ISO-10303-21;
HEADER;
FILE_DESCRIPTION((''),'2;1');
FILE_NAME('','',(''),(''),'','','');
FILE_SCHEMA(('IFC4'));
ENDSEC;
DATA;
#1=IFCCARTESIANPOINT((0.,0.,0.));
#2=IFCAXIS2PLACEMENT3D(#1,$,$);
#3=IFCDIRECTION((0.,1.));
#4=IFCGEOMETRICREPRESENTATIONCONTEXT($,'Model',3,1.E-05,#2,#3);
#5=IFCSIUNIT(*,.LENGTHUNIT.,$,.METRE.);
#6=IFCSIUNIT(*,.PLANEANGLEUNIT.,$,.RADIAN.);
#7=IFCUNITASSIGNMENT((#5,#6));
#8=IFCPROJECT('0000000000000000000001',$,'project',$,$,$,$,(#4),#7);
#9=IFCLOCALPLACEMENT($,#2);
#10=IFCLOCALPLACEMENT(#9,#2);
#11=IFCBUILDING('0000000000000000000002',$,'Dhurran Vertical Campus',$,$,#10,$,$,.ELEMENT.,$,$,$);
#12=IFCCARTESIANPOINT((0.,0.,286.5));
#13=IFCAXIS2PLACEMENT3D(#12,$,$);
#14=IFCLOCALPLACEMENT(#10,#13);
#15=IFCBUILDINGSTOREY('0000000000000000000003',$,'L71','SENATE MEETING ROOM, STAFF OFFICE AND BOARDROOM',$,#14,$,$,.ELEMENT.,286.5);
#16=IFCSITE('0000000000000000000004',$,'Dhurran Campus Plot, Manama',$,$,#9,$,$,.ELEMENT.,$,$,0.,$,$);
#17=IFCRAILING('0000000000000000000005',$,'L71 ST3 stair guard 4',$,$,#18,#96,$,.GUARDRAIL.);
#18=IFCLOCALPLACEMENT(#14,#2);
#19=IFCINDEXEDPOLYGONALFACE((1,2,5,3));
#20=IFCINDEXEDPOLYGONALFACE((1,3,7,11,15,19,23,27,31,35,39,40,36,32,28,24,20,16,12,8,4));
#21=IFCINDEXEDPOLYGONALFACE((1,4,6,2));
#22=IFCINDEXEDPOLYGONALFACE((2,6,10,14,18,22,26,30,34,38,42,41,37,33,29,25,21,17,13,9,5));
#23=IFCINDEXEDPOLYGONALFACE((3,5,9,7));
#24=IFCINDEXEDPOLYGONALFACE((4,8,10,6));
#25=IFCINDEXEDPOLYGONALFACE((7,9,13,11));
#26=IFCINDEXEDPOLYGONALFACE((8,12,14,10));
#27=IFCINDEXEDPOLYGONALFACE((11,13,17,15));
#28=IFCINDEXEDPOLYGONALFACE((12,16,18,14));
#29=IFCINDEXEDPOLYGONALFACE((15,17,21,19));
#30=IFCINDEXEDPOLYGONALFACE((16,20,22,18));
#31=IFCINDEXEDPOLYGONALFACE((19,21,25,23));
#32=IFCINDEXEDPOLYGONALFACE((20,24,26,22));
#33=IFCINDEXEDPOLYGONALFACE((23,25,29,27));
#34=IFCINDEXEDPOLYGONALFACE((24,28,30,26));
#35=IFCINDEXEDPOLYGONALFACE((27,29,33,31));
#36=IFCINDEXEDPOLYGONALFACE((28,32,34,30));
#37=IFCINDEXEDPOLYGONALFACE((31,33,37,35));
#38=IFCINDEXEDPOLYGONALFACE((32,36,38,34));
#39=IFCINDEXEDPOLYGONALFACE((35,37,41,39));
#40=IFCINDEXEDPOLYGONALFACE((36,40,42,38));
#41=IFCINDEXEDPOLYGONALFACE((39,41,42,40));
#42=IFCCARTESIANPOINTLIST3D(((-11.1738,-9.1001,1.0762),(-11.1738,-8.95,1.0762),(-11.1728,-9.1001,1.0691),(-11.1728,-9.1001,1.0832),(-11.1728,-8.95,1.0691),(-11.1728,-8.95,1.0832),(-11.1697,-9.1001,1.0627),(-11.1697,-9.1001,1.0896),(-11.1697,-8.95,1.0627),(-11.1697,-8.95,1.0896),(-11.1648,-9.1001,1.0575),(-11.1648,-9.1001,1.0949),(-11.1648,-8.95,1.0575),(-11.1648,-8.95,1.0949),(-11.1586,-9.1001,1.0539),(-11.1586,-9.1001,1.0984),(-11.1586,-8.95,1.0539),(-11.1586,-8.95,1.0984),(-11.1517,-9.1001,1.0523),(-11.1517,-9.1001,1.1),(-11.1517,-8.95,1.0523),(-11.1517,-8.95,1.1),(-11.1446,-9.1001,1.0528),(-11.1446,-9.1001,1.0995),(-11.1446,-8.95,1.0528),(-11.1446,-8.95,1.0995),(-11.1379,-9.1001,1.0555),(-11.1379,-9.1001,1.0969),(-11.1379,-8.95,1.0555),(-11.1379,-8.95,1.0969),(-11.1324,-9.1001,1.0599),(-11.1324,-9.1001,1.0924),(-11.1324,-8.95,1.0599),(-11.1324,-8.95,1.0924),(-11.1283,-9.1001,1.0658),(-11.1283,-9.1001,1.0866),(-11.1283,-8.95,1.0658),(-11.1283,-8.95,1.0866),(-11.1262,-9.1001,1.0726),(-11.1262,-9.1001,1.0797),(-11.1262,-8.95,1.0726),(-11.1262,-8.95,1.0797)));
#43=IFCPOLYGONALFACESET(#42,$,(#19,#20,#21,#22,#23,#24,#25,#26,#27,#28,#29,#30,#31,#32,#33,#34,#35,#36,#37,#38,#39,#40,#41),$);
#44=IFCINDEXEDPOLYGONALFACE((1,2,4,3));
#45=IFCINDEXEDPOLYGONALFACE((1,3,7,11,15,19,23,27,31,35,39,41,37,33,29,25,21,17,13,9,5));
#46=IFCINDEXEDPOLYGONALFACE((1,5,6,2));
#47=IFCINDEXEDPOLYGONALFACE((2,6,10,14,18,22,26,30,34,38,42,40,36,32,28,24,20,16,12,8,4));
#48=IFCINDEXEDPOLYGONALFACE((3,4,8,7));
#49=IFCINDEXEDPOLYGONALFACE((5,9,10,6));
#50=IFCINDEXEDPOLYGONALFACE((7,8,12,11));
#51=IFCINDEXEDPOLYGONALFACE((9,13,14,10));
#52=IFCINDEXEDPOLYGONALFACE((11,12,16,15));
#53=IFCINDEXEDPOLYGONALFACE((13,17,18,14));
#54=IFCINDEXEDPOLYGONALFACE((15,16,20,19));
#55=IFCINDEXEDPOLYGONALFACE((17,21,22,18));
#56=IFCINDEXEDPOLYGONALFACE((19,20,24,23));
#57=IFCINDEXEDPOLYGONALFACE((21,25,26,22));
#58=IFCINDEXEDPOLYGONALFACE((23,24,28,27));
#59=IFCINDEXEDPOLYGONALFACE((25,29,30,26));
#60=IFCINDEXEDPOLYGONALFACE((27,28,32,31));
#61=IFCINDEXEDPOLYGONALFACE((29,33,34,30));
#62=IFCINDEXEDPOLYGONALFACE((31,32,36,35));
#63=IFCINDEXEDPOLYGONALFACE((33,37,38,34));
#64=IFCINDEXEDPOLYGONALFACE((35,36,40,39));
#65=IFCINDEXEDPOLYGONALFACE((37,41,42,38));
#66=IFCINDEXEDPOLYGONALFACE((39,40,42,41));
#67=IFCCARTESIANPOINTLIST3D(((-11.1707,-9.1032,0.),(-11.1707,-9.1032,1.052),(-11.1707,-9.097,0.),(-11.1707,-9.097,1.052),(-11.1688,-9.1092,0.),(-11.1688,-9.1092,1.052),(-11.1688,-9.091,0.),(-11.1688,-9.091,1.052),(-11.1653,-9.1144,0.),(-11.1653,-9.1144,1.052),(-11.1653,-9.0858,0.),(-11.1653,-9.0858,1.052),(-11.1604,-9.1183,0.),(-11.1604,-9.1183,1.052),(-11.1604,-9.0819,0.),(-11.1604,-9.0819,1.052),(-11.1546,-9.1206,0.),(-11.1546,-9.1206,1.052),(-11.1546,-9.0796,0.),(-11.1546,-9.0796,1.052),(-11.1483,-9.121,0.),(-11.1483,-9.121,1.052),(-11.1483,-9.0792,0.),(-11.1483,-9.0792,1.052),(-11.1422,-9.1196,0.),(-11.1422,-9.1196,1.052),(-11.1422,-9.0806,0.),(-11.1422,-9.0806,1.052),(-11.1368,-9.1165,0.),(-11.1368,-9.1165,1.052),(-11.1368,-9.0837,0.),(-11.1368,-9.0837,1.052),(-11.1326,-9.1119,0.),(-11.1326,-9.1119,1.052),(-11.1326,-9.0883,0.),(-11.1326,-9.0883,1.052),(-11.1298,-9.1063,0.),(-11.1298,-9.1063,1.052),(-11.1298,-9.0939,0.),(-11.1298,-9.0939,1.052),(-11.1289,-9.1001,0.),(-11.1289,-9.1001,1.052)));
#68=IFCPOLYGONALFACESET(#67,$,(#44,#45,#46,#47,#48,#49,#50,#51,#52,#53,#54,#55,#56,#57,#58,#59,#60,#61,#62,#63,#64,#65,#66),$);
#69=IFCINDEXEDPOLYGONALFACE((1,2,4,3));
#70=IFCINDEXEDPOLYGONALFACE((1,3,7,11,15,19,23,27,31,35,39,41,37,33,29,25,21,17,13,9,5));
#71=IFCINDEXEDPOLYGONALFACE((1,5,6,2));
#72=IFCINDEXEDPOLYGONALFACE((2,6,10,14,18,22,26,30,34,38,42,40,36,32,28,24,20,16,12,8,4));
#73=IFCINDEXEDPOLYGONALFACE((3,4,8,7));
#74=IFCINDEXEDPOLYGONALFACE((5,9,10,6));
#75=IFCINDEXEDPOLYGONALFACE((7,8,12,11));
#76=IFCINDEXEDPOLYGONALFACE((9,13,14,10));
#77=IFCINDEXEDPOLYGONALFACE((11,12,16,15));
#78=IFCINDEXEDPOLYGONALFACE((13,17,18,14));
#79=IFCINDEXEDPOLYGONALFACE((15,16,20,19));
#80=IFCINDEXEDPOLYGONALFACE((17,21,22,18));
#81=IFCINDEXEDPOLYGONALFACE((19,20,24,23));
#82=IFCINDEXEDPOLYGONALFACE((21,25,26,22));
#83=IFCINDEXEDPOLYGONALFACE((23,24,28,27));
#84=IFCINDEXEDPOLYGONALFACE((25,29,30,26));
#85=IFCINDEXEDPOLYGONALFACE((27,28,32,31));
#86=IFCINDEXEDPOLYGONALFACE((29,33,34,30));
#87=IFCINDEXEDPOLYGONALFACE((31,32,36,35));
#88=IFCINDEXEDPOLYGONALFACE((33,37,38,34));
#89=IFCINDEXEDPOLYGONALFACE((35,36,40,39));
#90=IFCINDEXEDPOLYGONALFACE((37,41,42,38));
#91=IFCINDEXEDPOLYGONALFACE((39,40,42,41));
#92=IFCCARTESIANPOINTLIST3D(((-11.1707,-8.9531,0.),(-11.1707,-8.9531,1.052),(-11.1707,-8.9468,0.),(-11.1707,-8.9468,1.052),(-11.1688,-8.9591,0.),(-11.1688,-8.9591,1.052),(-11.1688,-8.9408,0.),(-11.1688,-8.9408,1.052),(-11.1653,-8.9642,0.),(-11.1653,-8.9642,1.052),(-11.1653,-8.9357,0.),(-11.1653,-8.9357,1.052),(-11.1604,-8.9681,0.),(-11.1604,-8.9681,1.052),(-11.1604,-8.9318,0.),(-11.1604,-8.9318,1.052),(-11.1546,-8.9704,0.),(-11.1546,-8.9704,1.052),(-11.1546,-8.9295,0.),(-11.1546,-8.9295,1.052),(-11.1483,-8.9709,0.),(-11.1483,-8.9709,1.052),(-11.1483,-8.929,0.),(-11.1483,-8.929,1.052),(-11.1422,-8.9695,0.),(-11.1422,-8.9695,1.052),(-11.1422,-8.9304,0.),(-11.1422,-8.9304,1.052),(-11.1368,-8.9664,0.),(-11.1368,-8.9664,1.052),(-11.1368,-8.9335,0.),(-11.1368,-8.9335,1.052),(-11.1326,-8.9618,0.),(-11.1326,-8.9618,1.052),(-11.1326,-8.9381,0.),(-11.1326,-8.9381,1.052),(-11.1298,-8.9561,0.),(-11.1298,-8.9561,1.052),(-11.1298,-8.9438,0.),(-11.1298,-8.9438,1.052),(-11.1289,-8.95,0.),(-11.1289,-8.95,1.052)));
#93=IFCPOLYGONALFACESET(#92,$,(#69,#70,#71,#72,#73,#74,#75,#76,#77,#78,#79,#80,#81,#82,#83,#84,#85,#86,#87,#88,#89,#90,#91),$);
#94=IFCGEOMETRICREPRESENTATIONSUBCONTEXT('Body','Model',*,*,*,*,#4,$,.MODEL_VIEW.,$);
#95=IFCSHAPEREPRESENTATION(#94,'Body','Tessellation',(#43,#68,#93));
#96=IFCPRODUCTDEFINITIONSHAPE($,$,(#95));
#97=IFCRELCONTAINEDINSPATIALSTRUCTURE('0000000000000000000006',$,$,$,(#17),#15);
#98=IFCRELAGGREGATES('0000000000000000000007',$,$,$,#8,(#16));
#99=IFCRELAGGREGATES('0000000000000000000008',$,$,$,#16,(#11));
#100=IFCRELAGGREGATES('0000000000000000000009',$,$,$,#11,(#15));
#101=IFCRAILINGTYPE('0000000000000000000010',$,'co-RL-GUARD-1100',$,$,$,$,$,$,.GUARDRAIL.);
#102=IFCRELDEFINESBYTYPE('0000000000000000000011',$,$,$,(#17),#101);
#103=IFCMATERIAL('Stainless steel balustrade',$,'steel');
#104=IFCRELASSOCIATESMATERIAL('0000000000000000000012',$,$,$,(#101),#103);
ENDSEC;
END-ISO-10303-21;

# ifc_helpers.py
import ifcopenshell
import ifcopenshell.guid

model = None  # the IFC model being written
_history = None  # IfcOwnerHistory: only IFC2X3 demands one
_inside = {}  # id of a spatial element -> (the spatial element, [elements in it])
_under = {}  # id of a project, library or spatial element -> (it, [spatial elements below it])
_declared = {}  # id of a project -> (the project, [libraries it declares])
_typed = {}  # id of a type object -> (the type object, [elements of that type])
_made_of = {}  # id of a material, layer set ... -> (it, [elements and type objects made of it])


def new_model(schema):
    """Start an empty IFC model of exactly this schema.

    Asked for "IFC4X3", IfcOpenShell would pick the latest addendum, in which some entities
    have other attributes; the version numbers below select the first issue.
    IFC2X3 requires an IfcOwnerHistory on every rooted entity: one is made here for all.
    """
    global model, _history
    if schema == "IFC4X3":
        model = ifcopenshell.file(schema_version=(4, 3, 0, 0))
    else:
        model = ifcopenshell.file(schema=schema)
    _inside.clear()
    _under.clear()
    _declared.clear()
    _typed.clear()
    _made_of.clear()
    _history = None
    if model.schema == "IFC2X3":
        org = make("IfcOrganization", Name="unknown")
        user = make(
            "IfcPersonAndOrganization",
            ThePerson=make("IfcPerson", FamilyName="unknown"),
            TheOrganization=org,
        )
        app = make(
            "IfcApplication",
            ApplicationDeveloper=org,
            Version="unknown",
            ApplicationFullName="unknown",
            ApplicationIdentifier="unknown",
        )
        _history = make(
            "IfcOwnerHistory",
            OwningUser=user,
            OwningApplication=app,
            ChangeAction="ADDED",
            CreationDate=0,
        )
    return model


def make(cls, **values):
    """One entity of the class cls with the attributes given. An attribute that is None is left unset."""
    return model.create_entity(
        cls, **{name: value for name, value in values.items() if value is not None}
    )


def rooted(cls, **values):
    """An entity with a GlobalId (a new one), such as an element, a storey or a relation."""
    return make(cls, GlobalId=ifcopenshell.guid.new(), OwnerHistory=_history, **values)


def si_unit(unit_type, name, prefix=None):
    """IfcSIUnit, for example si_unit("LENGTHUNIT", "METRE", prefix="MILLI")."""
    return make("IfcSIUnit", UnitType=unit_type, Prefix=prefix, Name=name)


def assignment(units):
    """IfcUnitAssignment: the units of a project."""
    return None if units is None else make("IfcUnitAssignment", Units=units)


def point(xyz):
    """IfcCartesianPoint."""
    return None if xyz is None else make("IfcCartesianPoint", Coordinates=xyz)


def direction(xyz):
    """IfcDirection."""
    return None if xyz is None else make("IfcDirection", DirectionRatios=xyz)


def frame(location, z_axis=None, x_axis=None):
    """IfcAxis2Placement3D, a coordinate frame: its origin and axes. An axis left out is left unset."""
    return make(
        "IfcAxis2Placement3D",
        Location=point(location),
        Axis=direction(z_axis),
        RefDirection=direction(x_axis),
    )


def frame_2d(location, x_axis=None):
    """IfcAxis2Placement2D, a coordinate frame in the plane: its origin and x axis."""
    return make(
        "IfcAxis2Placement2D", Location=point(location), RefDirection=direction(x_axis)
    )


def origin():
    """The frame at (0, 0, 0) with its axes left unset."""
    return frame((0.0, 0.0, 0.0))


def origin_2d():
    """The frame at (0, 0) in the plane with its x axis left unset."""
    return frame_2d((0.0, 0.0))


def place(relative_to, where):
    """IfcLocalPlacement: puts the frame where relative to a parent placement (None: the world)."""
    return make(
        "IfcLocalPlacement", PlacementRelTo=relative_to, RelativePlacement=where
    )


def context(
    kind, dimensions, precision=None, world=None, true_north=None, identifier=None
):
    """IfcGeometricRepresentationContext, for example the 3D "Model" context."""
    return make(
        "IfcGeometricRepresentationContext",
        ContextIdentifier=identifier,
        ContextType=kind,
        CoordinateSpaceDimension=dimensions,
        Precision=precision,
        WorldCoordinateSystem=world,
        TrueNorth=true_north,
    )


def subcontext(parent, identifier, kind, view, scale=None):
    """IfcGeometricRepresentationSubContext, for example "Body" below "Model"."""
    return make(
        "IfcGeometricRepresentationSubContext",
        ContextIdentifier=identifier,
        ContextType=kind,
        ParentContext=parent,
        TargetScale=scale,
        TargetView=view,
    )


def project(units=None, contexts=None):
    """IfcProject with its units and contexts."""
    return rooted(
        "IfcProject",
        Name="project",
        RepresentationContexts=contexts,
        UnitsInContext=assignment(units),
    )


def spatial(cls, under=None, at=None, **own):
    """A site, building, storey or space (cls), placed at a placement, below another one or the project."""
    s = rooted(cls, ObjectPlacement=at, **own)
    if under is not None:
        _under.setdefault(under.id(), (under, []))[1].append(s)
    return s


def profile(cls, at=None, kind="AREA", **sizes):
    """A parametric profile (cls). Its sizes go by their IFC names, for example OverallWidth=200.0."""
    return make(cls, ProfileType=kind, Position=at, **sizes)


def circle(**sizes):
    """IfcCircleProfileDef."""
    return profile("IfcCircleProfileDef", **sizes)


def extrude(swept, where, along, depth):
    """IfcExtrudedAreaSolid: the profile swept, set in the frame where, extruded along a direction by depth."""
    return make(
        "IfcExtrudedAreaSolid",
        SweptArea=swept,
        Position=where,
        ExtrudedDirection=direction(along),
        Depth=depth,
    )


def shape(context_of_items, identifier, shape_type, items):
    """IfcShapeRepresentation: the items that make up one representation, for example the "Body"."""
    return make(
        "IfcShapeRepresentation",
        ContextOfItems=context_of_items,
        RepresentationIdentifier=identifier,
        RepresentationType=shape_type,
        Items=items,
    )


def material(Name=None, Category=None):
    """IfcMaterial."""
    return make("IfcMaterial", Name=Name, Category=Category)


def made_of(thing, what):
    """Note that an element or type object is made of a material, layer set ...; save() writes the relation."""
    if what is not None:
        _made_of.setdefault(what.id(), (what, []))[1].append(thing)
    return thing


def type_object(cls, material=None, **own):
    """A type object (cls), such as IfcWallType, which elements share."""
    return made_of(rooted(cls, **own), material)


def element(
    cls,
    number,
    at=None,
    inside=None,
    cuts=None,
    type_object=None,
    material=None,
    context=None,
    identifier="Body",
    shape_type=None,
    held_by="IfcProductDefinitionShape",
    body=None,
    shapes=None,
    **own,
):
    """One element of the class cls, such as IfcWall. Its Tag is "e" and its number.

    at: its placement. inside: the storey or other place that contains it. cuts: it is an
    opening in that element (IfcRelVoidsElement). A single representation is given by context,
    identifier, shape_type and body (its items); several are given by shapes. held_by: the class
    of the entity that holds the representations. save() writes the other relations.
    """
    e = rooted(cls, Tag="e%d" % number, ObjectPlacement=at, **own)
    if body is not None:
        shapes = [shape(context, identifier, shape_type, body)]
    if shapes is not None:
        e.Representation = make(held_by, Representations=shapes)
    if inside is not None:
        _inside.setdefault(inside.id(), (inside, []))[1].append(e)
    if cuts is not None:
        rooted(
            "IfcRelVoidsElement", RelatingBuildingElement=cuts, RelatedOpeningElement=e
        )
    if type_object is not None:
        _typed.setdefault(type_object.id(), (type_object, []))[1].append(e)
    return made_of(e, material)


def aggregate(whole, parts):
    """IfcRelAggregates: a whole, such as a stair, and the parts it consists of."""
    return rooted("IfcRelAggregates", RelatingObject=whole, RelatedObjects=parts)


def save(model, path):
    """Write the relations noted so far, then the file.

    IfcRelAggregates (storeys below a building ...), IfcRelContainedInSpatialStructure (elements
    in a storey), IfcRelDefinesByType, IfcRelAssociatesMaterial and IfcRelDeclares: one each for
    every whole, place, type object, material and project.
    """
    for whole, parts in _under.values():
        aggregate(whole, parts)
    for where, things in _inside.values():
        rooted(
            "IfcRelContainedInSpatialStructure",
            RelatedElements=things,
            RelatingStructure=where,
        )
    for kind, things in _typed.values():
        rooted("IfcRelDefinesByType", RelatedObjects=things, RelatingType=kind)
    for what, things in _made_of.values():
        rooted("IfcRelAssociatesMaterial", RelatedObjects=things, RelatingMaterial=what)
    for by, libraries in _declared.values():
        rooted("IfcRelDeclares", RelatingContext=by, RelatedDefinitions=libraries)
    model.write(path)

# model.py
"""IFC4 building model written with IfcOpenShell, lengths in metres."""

from ifc_helpers import new_model, si_unit, direction, frame, origin, origin_2d, place, context, subcontext, project, spatial, circle, extrude, material, type_object, element, save


model = new_model("IFC4")

# Units and contexts
model_context = context("Model", 3, precision=1e-05, world=origin(), true_north=direction((0.0, 1.0)))
body_context = subcontext(model_context, "Body", "Model", "MODEL_VIEW")
ifc_project = project(units=[si_unit("LENGTHUNIT", "METRE"), si_unit("PLANEANGLEUNIT", "RADIAN")], contexts=[model_context])

# Site, building, storey
site_placement = place(None, origin())
site = spatial("IfcSite", under=ifc_project, at=site_placement, Name="Dhurran Campus Plot, Manama", CompositionType="ELEMENT", RefElevation=0.0)
building_placement = place(site_placement, origin())
building = spatial("IfcBuilding", under=site, at=building_placement, Name="Dhurran Vertical Campus", CompositionType="ELEMENT")
storey_placement = place(building_placement, frame((0.0, 0.0, 286.5)))
storey = spatial("IfcBuildingStorey", under=building, at=storey_placement, Name="L71", Description="SENATE MEETING ROOM, STAFF OFFICE AND BOARDROOM", CompositionType="ELEMENT", Elevation=286.5)

# Railing
ifc_material_1 = material(Name="Stainless steel balustrade", Category="steel")
railing_type_1 = type_object("IfcRailingType", Name="co-RL-GUARD-1100", PredefinedType="GUARDRAIL", material=ifc_material_1)
railing_1_placement = place(storey_placement, frame((-11.1499, -9.1001, 0.0)))
element("IfcRailing", 1, at=railing_1_placement, inside=storey, type_object=railing_type_1, Name="L71 ST3 stair guard 4", PredefinedType="GUARDRAIL", context=body_context, shape_type="SweptSolid", body=[
    extrude(circle(Radius=0.0239, at=origin_2d()), frame((0.0, 0.0, 1.0762), z_axis=(0.0, 1.0, 0.0), x_axis=(-1.0, 0.0, 0.0)), (0.0, 0.0, 1.0), 0.1501),
    extrude(circle(Radius=0.021, at=origin_2d()), origin(), (0.0, 0.0, 1.0), 1.052),
    extrude(circle(Radius=0.021, at=origin_2d()), frame((0.0, 0.1501, 0.0)), (0.0, 0.0, 1.0), 1.052),
])

save(model, "model.ifc")
